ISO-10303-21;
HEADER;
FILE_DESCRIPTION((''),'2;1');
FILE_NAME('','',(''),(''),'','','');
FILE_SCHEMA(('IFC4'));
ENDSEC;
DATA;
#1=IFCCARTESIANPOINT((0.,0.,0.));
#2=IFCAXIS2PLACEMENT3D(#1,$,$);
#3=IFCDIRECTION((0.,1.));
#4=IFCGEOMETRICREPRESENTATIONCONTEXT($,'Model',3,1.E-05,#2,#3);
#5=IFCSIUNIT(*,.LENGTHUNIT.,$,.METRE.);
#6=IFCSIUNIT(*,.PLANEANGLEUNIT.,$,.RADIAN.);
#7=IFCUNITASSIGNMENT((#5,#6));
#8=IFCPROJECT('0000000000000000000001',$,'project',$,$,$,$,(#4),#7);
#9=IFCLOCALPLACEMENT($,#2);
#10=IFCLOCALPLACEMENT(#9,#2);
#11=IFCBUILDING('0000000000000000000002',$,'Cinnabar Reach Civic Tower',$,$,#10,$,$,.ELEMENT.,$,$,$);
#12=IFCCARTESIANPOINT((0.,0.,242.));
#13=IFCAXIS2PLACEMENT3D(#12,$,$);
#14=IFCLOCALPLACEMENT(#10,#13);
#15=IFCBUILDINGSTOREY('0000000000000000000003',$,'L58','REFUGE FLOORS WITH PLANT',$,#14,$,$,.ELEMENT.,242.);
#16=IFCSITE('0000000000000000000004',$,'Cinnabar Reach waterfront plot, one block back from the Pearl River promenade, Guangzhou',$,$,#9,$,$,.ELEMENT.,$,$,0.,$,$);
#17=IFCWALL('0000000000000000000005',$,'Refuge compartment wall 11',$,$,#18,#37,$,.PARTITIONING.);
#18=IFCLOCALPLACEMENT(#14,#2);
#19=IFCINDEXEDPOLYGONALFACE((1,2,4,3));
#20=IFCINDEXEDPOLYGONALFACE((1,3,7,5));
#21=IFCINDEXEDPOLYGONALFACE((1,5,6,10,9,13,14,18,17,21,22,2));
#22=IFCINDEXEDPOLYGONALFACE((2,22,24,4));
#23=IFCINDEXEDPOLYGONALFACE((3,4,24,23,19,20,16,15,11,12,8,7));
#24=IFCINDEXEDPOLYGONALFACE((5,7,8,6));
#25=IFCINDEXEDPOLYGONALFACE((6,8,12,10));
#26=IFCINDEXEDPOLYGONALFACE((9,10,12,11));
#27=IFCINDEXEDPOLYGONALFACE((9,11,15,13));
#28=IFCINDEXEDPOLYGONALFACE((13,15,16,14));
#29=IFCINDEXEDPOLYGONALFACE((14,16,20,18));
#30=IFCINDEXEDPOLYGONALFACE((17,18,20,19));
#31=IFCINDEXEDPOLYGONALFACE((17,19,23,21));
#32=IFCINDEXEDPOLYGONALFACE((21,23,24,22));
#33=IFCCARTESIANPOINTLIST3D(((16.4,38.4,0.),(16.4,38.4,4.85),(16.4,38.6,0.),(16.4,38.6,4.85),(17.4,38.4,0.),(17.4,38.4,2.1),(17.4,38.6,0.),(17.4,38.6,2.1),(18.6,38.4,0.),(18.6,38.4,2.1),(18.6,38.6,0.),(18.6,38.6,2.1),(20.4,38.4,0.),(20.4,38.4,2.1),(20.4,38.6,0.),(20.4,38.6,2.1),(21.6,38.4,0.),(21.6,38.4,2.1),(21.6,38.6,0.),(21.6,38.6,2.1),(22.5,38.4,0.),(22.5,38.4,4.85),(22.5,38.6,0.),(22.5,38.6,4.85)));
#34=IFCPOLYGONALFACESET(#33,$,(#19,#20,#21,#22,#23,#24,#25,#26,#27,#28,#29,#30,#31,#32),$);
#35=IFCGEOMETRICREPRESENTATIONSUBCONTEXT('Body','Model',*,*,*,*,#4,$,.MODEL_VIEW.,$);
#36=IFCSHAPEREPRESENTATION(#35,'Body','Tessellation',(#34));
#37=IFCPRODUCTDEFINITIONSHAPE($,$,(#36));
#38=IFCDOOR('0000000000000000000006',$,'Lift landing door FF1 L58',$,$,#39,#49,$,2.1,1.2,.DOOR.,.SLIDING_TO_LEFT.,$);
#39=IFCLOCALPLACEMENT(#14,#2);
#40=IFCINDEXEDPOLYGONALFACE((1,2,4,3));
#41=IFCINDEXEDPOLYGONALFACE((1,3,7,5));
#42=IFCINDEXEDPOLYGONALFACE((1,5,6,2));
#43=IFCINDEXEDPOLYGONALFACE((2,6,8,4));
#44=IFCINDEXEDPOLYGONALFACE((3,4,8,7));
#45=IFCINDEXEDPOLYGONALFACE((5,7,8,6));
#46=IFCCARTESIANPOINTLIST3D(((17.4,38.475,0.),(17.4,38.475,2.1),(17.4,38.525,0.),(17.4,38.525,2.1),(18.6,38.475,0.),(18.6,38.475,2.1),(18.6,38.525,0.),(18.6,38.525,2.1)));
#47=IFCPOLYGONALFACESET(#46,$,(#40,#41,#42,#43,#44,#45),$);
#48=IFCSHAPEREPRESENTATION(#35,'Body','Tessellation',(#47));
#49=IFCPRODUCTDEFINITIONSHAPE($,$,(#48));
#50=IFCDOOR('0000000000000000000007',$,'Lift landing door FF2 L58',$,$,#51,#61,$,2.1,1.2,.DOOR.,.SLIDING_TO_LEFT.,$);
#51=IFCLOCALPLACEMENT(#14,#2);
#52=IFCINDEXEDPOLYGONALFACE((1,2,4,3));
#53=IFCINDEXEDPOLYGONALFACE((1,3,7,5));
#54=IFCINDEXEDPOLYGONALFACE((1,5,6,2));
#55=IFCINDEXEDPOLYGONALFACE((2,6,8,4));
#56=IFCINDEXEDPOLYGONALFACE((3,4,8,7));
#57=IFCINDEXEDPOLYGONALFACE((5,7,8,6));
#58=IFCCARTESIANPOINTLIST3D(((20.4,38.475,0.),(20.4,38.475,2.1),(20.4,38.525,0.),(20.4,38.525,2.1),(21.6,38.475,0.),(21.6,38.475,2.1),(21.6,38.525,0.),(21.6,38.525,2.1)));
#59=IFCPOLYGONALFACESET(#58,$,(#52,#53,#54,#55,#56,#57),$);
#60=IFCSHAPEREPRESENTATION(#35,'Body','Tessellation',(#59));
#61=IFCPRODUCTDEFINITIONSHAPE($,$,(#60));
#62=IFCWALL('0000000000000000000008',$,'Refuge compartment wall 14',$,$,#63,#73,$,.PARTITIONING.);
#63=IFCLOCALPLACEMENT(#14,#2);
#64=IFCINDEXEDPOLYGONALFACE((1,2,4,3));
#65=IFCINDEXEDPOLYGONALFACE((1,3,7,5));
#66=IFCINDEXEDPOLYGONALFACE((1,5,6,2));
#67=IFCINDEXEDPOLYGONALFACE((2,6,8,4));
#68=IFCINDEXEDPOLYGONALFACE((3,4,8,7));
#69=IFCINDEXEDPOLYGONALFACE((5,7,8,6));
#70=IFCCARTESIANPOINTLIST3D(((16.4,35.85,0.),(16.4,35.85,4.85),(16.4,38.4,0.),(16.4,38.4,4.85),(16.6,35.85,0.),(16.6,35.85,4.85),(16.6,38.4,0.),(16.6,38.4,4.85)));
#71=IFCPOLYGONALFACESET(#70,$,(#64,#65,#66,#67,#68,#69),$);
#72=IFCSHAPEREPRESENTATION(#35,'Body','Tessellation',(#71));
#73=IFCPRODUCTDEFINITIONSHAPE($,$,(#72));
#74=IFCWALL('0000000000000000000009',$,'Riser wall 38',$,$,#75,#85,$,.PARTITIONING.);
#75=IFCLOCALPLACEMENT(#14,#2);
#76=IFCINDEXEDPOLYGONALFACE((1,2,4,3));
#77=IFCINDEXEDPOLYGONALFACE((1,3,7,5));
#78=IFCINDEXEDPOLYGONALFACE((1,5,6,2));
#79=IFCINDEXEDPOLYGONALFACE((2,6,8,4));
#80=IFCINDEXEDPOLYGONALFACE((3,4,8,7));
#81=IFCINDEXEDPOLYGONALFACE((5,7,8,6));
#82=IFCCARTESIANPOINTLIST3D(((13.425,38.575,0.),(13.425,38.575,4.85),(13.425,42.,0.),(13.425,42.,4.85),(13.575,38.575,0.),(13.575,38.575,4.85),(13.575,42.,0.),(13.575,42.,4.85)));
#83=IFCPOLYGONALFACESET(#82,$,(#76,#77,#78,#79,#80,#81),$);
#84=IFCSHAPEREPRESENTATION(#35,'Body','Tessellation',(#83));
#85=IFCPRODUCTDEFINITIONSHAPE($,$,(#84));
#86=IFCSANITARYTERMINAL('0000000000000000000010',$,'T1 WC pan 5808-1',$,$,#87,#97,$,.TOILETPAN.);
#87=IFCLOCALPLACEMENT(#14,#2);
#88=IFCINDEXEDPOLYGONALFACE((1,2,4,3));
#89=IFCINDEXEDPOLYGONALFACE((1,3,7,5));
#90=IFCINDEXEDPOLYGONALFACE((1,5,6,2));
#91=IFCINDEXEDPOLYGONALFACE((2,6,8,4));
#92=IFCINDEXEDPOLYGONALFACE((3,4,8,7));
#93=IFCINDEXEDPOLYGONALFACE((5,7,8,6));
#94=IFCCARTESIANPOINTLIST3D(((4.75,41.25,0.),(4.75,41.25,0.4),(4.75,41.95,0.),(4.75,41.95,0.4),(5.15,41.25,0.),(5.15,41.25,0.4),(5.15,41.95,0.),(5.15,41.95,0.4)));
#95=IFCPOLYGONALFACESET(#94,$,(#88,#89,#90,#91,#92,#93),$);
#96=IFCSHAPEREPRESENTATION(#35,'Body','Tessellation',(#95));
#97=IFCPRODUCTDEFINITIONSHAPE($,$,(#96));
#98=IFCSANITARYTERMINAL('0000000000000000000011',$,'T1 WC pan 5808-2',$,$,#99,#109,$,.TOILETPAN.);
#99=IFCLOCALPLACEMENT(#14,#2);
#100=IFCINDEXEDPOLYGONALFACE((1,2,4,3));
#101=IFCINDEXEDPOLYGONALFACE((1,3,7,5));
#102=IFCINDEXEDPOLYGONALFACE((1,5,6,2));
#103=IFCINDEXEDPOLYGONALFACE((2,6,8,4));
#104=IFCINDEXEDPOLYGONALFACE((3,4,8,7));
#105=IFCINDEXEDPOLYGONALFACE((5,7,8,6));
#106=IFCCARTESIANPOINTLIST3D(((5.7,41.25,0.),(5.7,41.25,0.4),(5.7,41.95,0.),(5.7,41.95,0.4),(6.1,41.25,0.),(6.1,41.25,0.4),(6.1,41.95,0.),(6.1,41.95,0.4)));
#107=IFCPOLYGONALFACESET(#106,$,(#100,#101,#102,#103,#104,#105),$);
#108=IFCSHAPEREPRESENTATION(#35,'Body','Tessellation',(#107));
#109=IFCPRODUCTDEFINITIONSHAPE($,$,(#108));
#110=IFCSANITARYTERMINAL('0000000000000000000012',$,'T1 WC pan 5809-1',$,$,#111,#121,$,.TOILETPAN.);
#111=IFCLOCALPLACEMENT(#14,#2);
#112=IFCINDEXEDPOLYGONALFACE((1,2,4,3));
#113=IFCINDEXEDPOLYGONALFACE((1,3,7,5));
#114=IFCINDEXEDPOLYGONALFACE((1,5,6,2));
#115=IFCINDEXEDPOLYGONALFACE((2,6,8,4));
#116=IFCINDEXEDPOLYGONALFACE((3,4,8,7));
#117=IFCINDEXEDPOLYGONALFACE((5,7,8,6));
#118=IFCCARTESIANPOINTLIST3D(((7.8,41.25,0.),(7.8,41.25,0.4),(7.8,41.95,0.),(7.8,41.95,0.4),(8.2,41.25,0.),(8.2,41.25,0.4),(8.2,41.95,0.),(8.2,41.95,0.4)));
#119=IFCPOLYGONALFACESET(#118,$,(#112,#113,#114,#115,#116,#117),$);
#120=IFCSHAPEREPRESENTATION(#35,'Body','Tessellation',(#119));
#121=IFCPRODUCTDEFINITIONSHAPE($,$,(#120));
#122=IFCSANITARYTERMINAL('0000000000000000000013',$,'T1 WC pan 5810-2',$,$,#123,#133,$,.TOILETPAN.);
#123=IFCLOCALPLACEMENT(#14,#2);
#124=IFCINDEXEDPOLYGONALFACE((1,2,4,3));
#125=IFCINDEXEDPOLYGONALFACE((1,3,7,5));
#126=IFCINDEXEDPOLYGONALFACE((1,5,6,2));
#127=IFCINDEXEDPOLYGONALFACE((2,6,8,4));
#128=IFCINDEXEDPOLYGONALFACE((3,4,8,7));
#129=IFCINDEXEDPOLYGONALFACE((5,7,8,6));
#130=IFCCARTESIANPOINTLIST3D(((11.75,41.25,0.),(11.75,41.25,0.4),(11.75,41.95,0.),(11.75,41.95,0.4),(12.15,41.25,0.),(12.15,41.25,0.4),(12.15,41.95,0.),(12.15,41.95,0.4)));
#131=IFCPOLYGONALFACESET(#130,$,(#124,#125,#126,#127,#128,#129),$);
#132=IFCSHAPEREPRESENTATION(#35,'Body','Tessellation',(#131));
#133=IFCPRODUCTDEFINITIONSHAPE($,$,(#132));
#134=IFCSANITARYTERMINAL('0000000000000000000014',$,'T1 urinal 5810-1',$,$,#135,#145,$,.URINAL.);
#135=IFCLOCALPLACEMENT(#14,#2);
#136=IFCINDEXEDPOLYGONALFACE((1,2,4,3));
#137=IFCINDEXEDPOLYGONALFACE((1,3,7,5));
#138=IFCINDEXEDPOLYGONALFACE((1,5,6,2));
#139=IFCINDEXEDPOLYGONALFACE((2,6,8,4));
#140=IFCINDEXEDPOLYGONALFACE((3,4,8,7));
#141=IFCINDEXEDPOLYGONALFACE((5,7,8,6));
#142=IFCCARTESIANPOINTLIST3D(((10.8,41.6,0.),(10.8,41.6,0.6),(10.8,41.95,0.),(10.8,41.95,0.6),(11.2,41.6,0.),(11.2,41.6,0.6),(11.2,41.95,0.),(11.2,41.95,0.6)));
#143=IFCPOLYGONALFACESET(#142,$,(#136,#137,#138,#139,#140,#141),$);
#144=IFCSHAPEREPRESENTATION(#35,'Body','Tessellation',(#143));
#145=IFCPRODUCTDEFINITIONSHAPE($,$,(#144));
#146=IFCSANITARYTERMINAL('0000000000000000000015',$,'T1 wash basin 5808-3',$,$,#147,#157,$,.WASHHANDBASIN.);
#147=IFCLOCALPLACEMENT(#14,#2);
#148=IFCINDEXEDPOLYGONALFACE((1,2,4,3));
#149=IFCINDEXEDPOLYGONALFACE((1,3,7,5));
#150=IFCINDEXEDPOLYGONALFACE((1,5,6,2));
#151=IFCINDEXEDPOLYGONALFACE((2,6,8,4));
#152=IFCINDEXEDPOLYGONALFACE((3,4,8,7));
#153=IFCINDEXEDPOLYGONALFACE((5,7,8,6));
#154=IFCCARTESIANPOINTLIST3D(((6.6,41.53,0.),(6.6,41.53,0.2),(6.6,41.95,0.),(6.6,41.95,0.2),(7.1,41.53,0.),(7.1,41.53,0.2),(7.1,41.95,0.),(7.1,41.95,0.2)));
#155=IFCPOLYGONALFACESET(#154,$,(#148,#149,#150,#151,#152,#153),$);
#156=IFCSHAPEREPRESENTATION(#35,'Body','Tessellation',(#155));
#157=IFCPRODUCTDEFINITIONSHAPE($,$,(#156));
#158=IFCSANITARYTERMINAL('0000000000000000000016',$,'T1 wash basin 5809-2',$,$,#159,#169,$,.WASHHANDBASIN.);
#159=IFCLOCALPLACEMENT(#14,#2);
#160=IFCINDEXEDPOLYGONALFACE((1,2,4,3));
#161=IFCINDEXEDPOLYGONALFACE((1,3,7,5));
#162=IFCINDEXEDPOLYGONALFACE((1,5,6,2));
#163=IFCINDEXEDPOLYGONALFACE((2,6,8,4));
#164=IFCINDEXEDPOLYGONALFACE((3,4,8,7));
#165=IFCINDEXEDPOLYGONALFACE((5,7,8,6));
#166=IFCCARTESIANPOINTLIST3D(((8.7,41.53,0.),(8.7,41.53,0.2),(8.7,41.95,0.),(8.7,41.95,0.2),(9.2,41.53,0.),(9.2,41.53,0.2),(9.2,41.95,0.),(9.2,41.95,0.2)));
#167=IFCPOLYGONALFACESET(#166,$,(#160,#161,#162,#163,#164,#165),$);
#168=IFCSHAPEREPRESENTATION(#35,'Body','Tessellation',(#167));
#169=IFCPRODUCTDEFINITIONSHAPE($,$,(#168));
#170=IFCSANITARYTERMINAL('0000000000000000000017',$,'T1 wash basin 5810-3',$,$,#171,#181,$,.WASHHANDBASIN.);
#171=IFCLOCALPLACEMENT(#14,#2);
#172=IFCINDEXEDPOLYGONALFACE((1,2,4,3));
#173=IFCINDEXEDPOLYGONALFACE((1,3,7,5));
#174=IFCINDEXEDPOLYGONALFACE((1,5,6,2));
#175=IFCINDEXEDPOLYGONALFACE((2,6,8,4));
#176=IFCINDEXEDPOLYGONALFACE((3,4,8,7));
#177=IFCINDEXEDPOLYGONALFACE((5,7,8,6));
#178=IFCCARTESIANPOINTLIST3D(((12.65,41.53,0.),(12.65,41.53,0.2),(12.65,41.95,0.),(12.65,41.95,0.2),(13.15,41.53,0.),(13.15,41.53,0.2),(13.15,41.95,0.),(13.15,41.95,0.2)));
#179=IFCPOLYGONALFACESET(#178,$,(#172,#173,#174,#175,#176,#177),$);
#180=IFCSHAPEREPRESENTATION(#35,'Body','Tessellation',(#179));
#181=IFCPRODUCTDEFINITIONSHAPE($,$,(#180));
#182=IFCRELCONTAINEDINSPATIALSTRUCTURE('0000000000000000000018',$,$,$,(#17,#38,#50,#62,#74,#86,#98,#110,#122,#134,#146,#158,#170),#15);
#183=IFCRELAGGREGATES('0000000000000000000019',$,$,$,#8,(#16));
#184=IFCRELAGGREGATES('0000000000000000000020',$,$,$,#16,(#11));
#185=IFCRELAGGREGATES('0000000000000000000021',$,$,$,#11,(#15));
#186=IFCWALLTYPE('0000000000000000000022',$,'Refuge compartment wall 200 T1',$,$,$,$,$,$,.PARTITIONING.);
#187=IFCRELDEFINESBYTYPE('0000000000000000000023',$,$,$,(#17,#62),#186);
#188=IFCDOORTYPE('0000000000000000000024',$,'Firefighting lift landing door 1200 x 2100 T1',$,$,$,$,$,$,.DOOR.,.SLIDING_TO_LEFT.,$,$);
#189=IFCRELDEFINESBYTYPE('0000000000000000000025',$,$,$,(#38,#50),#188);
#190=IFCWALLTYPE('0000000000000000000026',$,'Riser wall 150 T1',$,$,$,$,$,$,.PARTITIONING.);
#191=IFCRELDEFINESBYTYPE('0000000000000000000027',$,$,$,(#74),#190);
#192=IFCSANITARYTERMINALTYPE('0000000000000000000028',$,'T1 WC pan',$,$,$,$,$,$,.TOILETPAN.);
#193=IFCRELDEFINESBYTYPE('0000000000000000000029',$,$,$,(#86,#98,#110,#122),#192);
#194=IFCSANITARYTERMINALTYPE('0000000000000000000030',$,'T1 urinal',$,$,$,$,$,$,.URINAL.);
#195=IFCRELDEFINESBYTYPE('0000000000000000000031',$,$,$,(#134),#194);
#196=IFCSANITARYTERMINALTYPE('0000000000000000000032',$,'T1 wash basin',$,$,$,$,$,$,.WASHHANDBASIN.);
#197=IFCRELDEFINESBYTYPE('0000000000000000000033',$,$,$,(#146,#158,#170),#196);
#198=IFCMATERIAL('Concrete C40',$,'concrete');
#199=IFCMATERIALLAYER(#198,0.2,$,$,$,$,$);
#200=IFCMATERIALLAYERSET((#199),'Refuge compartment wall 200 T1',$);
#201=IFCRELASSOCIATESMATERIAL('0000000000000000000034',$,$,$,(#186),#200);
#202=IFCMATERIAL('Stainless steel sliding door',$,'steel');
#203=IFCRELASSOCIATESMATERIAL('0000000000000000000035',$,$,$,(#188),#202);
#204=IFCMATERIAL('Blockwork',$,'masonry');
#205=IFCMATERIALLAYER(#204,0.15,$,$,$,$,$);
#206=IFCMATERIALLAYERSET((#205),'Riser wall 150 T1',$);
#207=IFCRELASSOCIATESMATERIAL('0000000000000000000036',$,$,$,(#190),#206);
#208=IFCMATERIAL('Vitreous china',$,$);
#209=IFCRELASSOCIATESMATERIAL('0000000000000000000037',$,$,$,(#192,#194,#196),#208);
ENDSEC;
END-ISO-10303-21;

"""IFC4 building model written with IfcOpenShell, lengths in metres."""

from ifc_helpers import new_model, si_unit, direction, frame, frame_2d, origin, origin_2d, place, context, subcontext, project, spatial, rectangle, extrude, material, layer, layer_set, type_object, element, fill, save


model = new_model("IFC4")

# Units and contexts
model_context = context("Model", 3, precision=1e-05, world=origin(), true_north=direction((0.0, 1.0)))
body_context = subcontext(model_context, "Body", "Model", "MODEL_VIEW")
ifc_project = project(units=[si_unit("LENGTHUNIT", "METRE"), si_unit("PLANEANGLEUNIT", "RADIAN")], contexts=[model_context])

# Site, building, storey
site_placement = place(None, origin())
site = spatial("IfcSite", under=ifc_project, at=site_placement, Name="Cinnabar Reach waterfront plot, one block back from the Pearl River promenade, Guangzhou", CompositionType="ELEMENT", RefElevation=0.0)
building_placement = place(site_placement, origin())
building = spatial("IfcBuilding", under=site, at=building_placement, Name="Cinnabar Reach Civic Tower", CompositionType="ELEMENT")
storey_placement = place(building_placement, frame((0.0, 0.0, 242.0)))
storey = spatial("IfcBuildingStorey", under=building, at=storey_placement, Name="L58", Description="REFUGE FLOORS WITH PLANT", CompositionType="ELEMENT", Elevation=242.0)

# Shared definitions
ifc_material_1 = material(Name="Blockwork", Category="masonry")
ifc_material_2 = material(Name="Stainless steel sliding door", Category="steel")

# Shared definitions
ifc_material_3 = material(Name="Concrete C40", Category="concrete")
ifc_layer_1 = layer(ifc_material_3, 0.2)
ifc_layer_set_1 = layer_set([ifc_layer_1], Name="Refuge compartment wall 200 T1")
wall_type_1 = type_object("IfcWallType", Name="Refuge compartment wall 200 T1", PredefinedType="PARTITIONING", material=ifc_layer_set_1)

# Wall, openings, doors
wall_1_placement = place(storey_placement, frame((16.4, 38.5, 0.0), z_axis=(0.0, 0.0, 1.0), x_axis=(1.0, 0.0, 0.0)))
wall_1 = element("IfcWall", 1, at=wall_1_placement, inside=storey, type_object=wall_type_1, Name="Refuge compartment wall 11", PredefinedType="PARTITIONING", context=body_context, shape_type="SweptSolid", body=[
    extrude(rectangle(XDim=6.1, YDim=0.2, at=frame_2d((3.05, 0.0))), origin(), (0.0, 0.0, 1.0), 4.85),
])
opening_1_placement = place(wall_1_placement, frame((1.0, 0.0, 0.0)))
opening_1 = element("IfcOpeningElement", 2, at=opening_1_placement, cuts=wall_1, PredefinedType="OPENING", context=body_context, shape_type="SweptSolid", body=[
    extrude(rectangle(XDim=1.2, YDim=2.1, at=frame_2d((0.6, 1.05))), frame((0.0, 0.11, 0.0), z_axis=(0.0, -1.0, 0.0), x_axis=(1.0, 0.0, 0.0)), (0.0, 0.0, 1.0), 0.22),
])
opening_2_placement = place(wall_1_placement, frame((4.0, 0.0, 0.0)))
opening_2 = element("IfcOpeningElement", 3, at=opening_2_placement, cuts=wall_1, PredefinedType="OPENING", context=body_context, shape_type="SweptSolid", body=[
    extrude(rectangle(XDim=1.2, YDim=2.1, at=frame_2d((0.6, 1.05))), frame((0.0, 0.11, 0.0), z_axis=(0.0, -1.0, 0.0), x_axis=(1.0, 0.0, 0.0)), (0.0, 0.0, 1.0), 0.22),
])
door_type_1 = type_object("IfcDoorType", Name="Firefighting lift landing door 1200 x 2100 T1", OperationType="SLIDING_TO_LEFT", PredefinedType="DOOR", material=ifc_material_2)
door_1_placement = place(opening_1_placement, origin())
door_1 = element("IfcDoor", 4, at=door_1_placement, inside=storey, type_object=door_type_1, Name="Lift landing door FF1 L58", OperationType="SLIDING_TO_LEFT", OverallHeight=2.1, OverallWidth=1.2, PredefinedType="DOOR", context=body_context, shape_type="SweptSolid", body=[
    extrude(rectangle(XDim=1.2, YDim=2.1, at=frame_2d((0.6, 1.05))), frame((0.0, 0.025, 0.0), z_axis=(0.0, -1.0, 0.0), x_axis=(1.0, 0.0, 0.0)), (0.0, 0.0, 1.0), 0.05),
])
fill(opening_1, door_1)
door_2_placement = place(opening_2_placement, origin())
door_2 = element("IfcDoor", 5, at=door_2_placement, inside=storey, type_object=door_type_1, Name="Lift landing door FF2 L58", OperationType="SLIDING_TO_LEFT", OverallHeight=2.1, OverallWidth=1.2, PredefinedType="DOOR", context=body_context, shape_type="SweptSolid", body=[
    extrude(rectangle(XDim=1.2, YDim=2.1, at=frame_2d((0.6, 1.05))), frame((0.0, 0.025, 0.0), z_axis=(0.0, -1.0, 0.0), x_axis=(1.0, 0.0, 0.0)), (0.0, 0.0, 1.0), 0.05),
])
fill(opening_2, door_2)

# Walls
wall_2_placement = place(storey_placement, frame((16.5, 35.85, 0.0), z_axis=(0.0, 0.0, 1.0), x_axis=(0.0, 1.0, 0.0)))
element("IfcWall", 6, at=wall_2_placement, inside=storey, type_object=wall_type_1, Name="Refuge compartment wall 14", PredefinedType="PARTITIONING", context=body_context, shape_type="SweptSolid", body=[
    extrude(rectangle(XDim=2.55, YDim=0.2, at=frame_2d((1.275, 0.0))), origin(), (0.0, 0.0, 1.0), 4.85),
])
ifc_layer_2 = layer(ifc_material_1, 0.15)
ifc_layer_set_2 = layer_set([ifc_layer_2], Name="Riser wall 150 T1")
wall_type_2 = type_object("IfcWallType", Name="Riser wall 150 T1", PredefinedType="PARTITIONING", material=ifc_layer_set_2)
wall_3_placement = place(storey_placement, frame((13.5, 38.575, 0.0), z_axis=(0.0, 0.0, 1.0), x_axis=(0.0, 1.0, 0.0)))
element("IfcWall", 7, at=wall_3_placement, inside=storey, type_object=wall_type_2, Name="Riser wall 38", PredefinedType="PARTITIONING", context=body_context, shape_type="SweptSolid", body=[
    extrude(rectangle(XDim=3.425, YDim=0.15, at=frame_2d((1.7125, 0.0))), origin(), (0.0, 0.0, 1.0), 4.85),
])

# Sanitary terminals
ifc_material_4 = material(Name="Vitreous china")
sanitary_terminal_type_1 = type_object("IfcSanitaryTerminalType", Name="T1 WC pan", PredefinedType="TOILETPAN", material=ifc_material_4)
for number, where, z_axis, x_axis, name in (
    (8, (4.95, 41.6, 0.0), (0.0, 0.0, 1.0), (1.0, 0.0, 0.0), "T1 WC pan 5808-1"),
    (9, (5.9, 41.6, 0.0), (0.0, 0.0, 1.0), (1.0, 0.0, 0.0), "T1 WC pan 5808-2"),
    (10, (8.0, 41.6, 0.0), (0.0, 0.0, 1.0), (1.0, 0.0, 0.0), "T1 WC pan 5809-1"),
    (11, (11.95, 41.6, 0.0), (0.0, 0.0, 1.0), (1.0, 0.0, 0.0), "T1 WC pan 5810-2"),
):
    element("IfcSanitaryTerminal", number, at=place(storey_placement, frame(where, z_axis=z_axis, x_axis=x_axis)), inside=storey, type_object=sanitary_terminal_type_1, Name=name, PredefinedType="TOILETPAN", context=body_context, shape_type="SweptSolid", body=[
        extrude(rectangle(XDim=0.4, YDim=0.7, at=origin_2d()), origin(), (0.0, 0.0, 1.0), 0.4),
    ])
sanitary_terminal_type_2 = type_object("IfcSanitaryTerminalType", Name="T1 urinal", PredefinedType="URINAL", material=ifc_material_4)
sanitary_terminal_placement = place(storey_placement, frame((11.0, 41.775, 0.0), z_axis=(0.0, 0.0, 1.0), x_axis=(1.0, 0.0, 0.0)))
element("IfcSanitaryTerminal", 12, at=sanitary_terminal_placement, inside=storey, type_object=sanitary_terminal_type_2, Name="T1 urinal 5810-1", PredefinedType="URINAL", context=body_context, shape_type="SweptSolid", body=[
    extrude(rectangle(XDim=0.4, YDim=0.35, at=origin_2d()), origin(), (0.0, 0.0, 1.0), 0.6),
])
sanitary_terminal_type_3 = type_object("IfcSanitaryTerminalType", Name="T1 wash basin", PredefinedType="WASHHANDBASIN", material=ifc_material_4)
for number, where, z_axis, x_axis, name in (
    (13, (6.85, 41.74, 0.0), (0.0, 0.0, 1.0), (1.0, 0.0, 0.0), "T1 wash basin 5808-3"),
    (14, (8.95, 41.74, 0.0), (0.0, 0.0, 1.0), (1.0, 0.0, 0.0), "T1 wash basin 5809-2"),
    (15, (12.9, 41.74, 0.0), (0.0, 0.0, 1.0), (1.0, 0.0, 0.0), "T1 wash basin 5810-3"),
):
    element("IfcSanitaryTerminal", number, at=place(storey_placement, frame(where, z_axis=z_axis, x_axis=x_axis)), inside=storey, type_object=sanitary_terminal_type_3, Name=name, PredefinedType="WASHHANDBASIN", context=body_context, shape_type="SweptSolid", body=[
        extrude(rectangle(XDim=0.5, YDim=0.42, at=origin_2d()), origin(), (0.0, 0.0, 1.0), 0.2),
    ])

save(model, "model.ifc")
